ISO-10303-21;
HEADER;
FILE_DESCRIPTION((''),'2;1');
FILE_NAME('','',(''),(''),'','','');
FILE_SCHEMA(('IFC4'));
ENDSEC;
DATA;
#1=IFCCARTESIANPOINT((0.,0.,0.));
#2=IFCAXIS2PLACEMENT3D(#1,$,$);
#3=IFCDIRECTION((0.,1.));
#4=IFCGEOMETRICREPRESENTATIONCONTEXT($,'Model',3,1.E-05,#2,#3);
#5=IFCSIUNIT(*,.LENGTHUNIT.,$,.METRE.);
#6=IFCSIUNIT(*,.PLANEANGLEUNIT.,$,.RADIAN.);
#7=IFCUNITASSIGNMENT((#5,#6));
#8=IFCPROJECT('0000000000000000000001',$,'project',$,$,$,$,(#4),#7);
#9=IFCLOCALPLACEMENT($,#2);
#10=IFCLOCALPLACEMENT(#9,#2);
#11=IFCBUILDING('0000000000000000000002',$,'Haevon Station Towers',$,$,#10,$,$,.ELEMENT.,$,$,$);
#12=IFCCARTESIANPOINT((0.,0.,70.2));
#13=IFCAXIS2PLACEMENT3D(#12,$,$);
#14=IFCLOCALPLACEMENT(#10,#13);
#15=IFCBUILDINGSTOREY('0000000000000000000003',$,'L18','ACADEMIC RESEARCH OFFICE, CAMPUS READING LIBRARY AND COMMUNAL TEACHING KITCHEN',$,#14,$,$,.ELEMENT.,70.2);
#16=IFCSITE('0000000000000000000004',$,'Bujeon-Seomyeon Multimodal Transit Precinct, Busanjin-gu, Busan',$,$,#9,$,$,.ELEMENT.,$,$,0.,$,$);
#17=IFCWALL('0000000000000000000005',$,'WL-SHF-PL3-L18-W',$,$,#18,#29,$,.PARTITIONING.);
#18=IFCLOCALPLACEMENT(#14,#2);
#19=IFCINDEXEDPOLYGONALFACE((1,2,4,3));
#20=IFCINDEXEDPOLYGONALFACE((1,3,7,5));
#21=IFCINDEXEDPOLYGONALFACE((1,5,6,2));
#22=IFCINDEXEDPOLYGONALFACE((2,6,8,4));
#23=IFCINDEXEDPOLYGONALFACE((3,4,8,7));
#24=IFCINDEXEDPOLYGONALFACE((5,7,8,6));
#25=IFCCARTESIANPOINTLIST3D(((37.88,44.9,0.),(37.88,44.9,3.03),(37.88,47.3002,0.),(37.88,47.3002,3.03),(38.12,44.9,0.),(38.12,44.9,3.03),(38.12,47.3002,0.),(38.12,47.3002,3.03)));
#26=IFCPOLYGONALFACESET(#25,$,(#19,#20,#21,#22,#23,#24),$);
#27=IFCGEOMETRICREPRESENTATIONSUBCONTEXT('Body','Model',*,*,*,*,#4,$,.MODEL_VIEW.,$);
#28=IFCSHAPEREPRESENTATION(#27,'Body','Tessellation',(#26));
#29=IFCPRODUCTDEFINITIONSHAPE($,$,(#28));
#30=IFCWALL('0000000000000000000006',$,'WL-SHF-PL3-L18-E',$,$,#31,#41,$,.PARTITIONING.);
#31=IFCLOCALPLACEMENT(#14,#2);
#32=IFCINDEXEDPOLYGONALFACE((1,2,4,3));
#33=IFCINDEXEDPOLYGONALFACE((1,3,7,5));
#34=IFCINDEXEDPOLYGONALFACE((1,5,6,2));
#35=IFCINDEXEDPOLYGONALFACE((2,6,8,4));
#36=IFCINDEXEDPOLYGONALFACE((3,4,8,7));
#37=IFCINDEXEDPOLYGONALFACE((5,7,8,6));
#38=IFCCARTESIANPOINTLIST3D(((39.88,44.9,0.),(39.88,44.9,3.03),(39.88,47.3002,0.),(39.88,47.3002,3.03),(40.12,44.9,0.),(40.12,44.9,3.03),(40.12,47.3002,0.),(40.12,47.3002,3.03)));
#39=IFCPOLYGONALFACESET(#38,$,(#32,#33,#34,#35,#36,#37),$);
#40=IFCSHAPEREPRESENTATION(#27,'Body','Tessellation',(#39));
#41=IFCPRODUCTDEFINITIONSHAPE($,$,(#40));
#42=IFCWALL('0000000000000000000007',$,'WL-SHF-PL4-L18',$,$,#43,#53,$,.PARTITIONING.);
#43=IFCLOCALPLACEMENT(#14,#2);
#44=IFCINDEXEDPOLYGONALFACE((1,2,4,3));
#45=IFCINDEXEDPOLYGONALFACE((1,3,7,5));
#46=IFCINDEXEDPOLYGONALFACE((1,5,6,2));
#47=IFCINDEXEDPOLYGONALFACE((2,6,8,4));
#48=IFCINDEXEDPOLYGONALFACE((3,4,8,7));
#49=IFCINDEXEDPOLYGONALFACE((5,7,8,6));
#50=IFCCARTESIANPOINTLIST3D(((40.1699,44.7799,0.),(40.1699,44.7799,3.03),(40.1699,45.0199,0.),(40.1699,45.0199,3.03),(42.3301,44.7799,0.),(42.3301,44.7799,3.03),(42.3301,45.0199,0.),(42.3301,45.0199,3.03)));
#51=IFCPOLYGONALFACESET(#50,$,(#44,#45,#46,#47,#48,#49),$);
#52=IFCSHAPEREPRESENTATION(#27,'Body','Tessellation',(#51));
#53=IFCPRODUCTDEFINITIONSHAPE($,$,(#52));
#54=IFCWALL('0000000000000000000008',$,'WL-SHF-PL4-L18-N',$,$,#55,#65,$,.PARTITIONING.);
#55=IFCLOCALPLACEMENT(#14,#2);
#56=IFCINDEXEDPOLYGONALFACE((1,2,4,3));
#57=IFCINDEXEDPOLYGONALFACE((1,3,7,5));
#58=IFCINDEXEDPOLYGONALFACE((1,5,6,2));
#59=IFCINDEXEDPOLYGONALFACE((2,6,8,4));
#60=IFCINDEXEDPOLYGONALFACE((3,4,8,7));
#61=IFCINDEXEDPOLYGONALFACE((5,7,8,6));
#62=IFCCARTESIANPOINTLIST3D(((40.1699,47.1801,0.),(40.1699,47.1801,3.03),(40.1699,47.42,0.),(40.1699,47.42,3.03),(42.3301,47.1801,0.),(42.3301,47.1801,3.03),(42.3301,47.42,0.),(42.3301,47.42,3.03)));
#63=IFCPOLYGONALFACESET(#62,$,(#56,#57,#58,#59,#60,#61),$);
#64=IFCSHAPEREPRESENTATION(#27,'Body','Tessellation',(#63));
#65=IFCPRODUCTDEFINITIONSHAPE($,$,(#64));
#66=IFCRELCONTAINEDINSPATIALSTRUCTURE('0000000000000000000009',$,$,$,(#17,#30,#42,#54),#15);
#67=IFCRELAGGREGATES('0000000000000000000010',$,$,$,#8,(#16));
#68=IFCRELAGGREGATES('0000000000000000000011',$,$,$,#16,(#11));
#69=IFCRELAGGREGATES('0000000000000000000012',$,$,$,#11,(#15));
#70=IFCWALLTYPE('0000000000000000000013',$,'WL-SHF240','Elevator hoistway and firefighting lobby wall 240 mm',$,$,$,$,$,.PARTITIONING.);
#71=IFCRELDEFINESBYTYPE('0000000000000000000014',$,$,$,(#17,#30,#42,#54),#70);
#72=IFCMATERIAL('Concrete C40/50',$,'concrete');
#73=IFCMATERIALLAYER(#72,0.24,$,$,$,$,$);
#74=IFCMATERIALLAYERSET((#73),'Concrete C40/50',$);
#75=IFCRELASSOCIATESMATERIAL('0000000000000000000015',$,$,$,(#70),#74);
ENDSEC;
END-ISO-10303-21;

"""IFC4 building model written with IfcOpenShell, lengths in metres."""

from ifc_helpers import new_model, si_unit, direction, frame, frame_2d, origin, place, context, subcontext, project, spatial, rectangle, extrude, material, layer, layer_set, type_object, element, save


model = new_model("IFC4")

# Units and contexts
model_context = context("Model", 3, precision=1e-05, world=origin(), true_north=direction((0.0, 1.0)))
body_context = subcontext(model_context, "Body", "Model", "MODEL_VIEW")
ifc_project = project(units=[si_unit("LENGTHUNIT", "METRE"), si_unit("PLANEANGLEUNIT", "RADIAN")], contexts=[model_context])

# Site, building, storey
site_placement = place(None, origin())
site = spatial("IfcSite", under=ifc_project, at=site_placement, Name="Bujeon-Seomyeon Multimodal Transit Precinct, Busanjin-gu, Busan", CompositionType="ELEMENT", RefElevation=0.0)
building_placement = place(site_placement, origin())
building = spatial("IfcBuilding", under=site, at=building_placement, Name="Haevon Station Towers", CompositionType="ELEMENT")
storey_placement = place(building_placement, frame((0.0, 0.0, 70.2)))
storey = spatial("IfcBuildingStorey", under=building, at=storey_placement, Name="L18", Description="ACADEMIC RESEARCH OFFICE, CAMPUS READING LIBRARY AND COMMUNAL TEACHING KITCHEN", CompositionType="ELEMENT", Elevation=70.2)

# Shared definitions
ifc_material_1 = material(Name="Concrete C40/50", Category="concrete")
ifc_layer_1 = layer(ifc_material_1, 0.24)
ifc_layer_set_1 = layer_set([ifc_layer_1], Name="Concrete C40/50")
wall_type = type_object("IfcWallType", Name="WL-SHF240", Description="Elevator hoistway and firefighting lobby wall 240 mm", PredefinedType="PARTITIONING", material=ifc_layer_set_1)

# Walls
for number, where, z_axis, x_axis, name in (
    (1, (38.0, 44.8999, 0.0), (0.0, 0.0, 1.0), (0.0, 1.0, 0.0), "WL-SHF-PL3-L18-W"),
    (2, (40.0, 44.8999, 0.0), (0.0, 0.0, 1.0), (0.0, 1.0, 0.0), "WL-SHF-PL3-L18-E"),
):
    element("IfcWall", number, at=place(storey_placement, frame(where, z_axis=z_axis, x_axis=x_axis)), inside=storey, type_object=wall_type, Name=name, PredefinedType="PARTITIONING", context=body_context, shape_type="SweptSolid", body=[
        extrude(rectangle(XDim=2.4001, YDim=0.24, at=frame_2d((1.2002, 0.0))), origin(), (0.0, 0.0, 1.0), 3.03),
    ])
for number, where, z_axis, x_axis, name in (
    (3, (40.1699, 44.8999, 0.0), (0.0, 0.0, 1.0), (1.0, 0.0, 0.0), "WL-SHF-PL4-L18"),
    (4, (40.1699, 47.3, 0.0), (0.0, 0.0, 1.0), (1.0, 0.0, 0.0), "WL-SHF-PL4-L18-N"),
):
    element("IfcWall", number, at=place(storey_placement, frame(where, z_axis=z_axis, x_axis=x_axis)), inside=storey, type_object=wall_type, Name=name, PredefinedType="PARTITIONING", context=body_context, shape_type="SweptSolid", body=[
        extrude(rectangle(XDim=2.1602, YDim=0.24, at=frame_2d((1.0801, 0.0))), origin(), (0.0, 0.0, 1.0), 3.03),
    ])

save(model, "model.ifc")
